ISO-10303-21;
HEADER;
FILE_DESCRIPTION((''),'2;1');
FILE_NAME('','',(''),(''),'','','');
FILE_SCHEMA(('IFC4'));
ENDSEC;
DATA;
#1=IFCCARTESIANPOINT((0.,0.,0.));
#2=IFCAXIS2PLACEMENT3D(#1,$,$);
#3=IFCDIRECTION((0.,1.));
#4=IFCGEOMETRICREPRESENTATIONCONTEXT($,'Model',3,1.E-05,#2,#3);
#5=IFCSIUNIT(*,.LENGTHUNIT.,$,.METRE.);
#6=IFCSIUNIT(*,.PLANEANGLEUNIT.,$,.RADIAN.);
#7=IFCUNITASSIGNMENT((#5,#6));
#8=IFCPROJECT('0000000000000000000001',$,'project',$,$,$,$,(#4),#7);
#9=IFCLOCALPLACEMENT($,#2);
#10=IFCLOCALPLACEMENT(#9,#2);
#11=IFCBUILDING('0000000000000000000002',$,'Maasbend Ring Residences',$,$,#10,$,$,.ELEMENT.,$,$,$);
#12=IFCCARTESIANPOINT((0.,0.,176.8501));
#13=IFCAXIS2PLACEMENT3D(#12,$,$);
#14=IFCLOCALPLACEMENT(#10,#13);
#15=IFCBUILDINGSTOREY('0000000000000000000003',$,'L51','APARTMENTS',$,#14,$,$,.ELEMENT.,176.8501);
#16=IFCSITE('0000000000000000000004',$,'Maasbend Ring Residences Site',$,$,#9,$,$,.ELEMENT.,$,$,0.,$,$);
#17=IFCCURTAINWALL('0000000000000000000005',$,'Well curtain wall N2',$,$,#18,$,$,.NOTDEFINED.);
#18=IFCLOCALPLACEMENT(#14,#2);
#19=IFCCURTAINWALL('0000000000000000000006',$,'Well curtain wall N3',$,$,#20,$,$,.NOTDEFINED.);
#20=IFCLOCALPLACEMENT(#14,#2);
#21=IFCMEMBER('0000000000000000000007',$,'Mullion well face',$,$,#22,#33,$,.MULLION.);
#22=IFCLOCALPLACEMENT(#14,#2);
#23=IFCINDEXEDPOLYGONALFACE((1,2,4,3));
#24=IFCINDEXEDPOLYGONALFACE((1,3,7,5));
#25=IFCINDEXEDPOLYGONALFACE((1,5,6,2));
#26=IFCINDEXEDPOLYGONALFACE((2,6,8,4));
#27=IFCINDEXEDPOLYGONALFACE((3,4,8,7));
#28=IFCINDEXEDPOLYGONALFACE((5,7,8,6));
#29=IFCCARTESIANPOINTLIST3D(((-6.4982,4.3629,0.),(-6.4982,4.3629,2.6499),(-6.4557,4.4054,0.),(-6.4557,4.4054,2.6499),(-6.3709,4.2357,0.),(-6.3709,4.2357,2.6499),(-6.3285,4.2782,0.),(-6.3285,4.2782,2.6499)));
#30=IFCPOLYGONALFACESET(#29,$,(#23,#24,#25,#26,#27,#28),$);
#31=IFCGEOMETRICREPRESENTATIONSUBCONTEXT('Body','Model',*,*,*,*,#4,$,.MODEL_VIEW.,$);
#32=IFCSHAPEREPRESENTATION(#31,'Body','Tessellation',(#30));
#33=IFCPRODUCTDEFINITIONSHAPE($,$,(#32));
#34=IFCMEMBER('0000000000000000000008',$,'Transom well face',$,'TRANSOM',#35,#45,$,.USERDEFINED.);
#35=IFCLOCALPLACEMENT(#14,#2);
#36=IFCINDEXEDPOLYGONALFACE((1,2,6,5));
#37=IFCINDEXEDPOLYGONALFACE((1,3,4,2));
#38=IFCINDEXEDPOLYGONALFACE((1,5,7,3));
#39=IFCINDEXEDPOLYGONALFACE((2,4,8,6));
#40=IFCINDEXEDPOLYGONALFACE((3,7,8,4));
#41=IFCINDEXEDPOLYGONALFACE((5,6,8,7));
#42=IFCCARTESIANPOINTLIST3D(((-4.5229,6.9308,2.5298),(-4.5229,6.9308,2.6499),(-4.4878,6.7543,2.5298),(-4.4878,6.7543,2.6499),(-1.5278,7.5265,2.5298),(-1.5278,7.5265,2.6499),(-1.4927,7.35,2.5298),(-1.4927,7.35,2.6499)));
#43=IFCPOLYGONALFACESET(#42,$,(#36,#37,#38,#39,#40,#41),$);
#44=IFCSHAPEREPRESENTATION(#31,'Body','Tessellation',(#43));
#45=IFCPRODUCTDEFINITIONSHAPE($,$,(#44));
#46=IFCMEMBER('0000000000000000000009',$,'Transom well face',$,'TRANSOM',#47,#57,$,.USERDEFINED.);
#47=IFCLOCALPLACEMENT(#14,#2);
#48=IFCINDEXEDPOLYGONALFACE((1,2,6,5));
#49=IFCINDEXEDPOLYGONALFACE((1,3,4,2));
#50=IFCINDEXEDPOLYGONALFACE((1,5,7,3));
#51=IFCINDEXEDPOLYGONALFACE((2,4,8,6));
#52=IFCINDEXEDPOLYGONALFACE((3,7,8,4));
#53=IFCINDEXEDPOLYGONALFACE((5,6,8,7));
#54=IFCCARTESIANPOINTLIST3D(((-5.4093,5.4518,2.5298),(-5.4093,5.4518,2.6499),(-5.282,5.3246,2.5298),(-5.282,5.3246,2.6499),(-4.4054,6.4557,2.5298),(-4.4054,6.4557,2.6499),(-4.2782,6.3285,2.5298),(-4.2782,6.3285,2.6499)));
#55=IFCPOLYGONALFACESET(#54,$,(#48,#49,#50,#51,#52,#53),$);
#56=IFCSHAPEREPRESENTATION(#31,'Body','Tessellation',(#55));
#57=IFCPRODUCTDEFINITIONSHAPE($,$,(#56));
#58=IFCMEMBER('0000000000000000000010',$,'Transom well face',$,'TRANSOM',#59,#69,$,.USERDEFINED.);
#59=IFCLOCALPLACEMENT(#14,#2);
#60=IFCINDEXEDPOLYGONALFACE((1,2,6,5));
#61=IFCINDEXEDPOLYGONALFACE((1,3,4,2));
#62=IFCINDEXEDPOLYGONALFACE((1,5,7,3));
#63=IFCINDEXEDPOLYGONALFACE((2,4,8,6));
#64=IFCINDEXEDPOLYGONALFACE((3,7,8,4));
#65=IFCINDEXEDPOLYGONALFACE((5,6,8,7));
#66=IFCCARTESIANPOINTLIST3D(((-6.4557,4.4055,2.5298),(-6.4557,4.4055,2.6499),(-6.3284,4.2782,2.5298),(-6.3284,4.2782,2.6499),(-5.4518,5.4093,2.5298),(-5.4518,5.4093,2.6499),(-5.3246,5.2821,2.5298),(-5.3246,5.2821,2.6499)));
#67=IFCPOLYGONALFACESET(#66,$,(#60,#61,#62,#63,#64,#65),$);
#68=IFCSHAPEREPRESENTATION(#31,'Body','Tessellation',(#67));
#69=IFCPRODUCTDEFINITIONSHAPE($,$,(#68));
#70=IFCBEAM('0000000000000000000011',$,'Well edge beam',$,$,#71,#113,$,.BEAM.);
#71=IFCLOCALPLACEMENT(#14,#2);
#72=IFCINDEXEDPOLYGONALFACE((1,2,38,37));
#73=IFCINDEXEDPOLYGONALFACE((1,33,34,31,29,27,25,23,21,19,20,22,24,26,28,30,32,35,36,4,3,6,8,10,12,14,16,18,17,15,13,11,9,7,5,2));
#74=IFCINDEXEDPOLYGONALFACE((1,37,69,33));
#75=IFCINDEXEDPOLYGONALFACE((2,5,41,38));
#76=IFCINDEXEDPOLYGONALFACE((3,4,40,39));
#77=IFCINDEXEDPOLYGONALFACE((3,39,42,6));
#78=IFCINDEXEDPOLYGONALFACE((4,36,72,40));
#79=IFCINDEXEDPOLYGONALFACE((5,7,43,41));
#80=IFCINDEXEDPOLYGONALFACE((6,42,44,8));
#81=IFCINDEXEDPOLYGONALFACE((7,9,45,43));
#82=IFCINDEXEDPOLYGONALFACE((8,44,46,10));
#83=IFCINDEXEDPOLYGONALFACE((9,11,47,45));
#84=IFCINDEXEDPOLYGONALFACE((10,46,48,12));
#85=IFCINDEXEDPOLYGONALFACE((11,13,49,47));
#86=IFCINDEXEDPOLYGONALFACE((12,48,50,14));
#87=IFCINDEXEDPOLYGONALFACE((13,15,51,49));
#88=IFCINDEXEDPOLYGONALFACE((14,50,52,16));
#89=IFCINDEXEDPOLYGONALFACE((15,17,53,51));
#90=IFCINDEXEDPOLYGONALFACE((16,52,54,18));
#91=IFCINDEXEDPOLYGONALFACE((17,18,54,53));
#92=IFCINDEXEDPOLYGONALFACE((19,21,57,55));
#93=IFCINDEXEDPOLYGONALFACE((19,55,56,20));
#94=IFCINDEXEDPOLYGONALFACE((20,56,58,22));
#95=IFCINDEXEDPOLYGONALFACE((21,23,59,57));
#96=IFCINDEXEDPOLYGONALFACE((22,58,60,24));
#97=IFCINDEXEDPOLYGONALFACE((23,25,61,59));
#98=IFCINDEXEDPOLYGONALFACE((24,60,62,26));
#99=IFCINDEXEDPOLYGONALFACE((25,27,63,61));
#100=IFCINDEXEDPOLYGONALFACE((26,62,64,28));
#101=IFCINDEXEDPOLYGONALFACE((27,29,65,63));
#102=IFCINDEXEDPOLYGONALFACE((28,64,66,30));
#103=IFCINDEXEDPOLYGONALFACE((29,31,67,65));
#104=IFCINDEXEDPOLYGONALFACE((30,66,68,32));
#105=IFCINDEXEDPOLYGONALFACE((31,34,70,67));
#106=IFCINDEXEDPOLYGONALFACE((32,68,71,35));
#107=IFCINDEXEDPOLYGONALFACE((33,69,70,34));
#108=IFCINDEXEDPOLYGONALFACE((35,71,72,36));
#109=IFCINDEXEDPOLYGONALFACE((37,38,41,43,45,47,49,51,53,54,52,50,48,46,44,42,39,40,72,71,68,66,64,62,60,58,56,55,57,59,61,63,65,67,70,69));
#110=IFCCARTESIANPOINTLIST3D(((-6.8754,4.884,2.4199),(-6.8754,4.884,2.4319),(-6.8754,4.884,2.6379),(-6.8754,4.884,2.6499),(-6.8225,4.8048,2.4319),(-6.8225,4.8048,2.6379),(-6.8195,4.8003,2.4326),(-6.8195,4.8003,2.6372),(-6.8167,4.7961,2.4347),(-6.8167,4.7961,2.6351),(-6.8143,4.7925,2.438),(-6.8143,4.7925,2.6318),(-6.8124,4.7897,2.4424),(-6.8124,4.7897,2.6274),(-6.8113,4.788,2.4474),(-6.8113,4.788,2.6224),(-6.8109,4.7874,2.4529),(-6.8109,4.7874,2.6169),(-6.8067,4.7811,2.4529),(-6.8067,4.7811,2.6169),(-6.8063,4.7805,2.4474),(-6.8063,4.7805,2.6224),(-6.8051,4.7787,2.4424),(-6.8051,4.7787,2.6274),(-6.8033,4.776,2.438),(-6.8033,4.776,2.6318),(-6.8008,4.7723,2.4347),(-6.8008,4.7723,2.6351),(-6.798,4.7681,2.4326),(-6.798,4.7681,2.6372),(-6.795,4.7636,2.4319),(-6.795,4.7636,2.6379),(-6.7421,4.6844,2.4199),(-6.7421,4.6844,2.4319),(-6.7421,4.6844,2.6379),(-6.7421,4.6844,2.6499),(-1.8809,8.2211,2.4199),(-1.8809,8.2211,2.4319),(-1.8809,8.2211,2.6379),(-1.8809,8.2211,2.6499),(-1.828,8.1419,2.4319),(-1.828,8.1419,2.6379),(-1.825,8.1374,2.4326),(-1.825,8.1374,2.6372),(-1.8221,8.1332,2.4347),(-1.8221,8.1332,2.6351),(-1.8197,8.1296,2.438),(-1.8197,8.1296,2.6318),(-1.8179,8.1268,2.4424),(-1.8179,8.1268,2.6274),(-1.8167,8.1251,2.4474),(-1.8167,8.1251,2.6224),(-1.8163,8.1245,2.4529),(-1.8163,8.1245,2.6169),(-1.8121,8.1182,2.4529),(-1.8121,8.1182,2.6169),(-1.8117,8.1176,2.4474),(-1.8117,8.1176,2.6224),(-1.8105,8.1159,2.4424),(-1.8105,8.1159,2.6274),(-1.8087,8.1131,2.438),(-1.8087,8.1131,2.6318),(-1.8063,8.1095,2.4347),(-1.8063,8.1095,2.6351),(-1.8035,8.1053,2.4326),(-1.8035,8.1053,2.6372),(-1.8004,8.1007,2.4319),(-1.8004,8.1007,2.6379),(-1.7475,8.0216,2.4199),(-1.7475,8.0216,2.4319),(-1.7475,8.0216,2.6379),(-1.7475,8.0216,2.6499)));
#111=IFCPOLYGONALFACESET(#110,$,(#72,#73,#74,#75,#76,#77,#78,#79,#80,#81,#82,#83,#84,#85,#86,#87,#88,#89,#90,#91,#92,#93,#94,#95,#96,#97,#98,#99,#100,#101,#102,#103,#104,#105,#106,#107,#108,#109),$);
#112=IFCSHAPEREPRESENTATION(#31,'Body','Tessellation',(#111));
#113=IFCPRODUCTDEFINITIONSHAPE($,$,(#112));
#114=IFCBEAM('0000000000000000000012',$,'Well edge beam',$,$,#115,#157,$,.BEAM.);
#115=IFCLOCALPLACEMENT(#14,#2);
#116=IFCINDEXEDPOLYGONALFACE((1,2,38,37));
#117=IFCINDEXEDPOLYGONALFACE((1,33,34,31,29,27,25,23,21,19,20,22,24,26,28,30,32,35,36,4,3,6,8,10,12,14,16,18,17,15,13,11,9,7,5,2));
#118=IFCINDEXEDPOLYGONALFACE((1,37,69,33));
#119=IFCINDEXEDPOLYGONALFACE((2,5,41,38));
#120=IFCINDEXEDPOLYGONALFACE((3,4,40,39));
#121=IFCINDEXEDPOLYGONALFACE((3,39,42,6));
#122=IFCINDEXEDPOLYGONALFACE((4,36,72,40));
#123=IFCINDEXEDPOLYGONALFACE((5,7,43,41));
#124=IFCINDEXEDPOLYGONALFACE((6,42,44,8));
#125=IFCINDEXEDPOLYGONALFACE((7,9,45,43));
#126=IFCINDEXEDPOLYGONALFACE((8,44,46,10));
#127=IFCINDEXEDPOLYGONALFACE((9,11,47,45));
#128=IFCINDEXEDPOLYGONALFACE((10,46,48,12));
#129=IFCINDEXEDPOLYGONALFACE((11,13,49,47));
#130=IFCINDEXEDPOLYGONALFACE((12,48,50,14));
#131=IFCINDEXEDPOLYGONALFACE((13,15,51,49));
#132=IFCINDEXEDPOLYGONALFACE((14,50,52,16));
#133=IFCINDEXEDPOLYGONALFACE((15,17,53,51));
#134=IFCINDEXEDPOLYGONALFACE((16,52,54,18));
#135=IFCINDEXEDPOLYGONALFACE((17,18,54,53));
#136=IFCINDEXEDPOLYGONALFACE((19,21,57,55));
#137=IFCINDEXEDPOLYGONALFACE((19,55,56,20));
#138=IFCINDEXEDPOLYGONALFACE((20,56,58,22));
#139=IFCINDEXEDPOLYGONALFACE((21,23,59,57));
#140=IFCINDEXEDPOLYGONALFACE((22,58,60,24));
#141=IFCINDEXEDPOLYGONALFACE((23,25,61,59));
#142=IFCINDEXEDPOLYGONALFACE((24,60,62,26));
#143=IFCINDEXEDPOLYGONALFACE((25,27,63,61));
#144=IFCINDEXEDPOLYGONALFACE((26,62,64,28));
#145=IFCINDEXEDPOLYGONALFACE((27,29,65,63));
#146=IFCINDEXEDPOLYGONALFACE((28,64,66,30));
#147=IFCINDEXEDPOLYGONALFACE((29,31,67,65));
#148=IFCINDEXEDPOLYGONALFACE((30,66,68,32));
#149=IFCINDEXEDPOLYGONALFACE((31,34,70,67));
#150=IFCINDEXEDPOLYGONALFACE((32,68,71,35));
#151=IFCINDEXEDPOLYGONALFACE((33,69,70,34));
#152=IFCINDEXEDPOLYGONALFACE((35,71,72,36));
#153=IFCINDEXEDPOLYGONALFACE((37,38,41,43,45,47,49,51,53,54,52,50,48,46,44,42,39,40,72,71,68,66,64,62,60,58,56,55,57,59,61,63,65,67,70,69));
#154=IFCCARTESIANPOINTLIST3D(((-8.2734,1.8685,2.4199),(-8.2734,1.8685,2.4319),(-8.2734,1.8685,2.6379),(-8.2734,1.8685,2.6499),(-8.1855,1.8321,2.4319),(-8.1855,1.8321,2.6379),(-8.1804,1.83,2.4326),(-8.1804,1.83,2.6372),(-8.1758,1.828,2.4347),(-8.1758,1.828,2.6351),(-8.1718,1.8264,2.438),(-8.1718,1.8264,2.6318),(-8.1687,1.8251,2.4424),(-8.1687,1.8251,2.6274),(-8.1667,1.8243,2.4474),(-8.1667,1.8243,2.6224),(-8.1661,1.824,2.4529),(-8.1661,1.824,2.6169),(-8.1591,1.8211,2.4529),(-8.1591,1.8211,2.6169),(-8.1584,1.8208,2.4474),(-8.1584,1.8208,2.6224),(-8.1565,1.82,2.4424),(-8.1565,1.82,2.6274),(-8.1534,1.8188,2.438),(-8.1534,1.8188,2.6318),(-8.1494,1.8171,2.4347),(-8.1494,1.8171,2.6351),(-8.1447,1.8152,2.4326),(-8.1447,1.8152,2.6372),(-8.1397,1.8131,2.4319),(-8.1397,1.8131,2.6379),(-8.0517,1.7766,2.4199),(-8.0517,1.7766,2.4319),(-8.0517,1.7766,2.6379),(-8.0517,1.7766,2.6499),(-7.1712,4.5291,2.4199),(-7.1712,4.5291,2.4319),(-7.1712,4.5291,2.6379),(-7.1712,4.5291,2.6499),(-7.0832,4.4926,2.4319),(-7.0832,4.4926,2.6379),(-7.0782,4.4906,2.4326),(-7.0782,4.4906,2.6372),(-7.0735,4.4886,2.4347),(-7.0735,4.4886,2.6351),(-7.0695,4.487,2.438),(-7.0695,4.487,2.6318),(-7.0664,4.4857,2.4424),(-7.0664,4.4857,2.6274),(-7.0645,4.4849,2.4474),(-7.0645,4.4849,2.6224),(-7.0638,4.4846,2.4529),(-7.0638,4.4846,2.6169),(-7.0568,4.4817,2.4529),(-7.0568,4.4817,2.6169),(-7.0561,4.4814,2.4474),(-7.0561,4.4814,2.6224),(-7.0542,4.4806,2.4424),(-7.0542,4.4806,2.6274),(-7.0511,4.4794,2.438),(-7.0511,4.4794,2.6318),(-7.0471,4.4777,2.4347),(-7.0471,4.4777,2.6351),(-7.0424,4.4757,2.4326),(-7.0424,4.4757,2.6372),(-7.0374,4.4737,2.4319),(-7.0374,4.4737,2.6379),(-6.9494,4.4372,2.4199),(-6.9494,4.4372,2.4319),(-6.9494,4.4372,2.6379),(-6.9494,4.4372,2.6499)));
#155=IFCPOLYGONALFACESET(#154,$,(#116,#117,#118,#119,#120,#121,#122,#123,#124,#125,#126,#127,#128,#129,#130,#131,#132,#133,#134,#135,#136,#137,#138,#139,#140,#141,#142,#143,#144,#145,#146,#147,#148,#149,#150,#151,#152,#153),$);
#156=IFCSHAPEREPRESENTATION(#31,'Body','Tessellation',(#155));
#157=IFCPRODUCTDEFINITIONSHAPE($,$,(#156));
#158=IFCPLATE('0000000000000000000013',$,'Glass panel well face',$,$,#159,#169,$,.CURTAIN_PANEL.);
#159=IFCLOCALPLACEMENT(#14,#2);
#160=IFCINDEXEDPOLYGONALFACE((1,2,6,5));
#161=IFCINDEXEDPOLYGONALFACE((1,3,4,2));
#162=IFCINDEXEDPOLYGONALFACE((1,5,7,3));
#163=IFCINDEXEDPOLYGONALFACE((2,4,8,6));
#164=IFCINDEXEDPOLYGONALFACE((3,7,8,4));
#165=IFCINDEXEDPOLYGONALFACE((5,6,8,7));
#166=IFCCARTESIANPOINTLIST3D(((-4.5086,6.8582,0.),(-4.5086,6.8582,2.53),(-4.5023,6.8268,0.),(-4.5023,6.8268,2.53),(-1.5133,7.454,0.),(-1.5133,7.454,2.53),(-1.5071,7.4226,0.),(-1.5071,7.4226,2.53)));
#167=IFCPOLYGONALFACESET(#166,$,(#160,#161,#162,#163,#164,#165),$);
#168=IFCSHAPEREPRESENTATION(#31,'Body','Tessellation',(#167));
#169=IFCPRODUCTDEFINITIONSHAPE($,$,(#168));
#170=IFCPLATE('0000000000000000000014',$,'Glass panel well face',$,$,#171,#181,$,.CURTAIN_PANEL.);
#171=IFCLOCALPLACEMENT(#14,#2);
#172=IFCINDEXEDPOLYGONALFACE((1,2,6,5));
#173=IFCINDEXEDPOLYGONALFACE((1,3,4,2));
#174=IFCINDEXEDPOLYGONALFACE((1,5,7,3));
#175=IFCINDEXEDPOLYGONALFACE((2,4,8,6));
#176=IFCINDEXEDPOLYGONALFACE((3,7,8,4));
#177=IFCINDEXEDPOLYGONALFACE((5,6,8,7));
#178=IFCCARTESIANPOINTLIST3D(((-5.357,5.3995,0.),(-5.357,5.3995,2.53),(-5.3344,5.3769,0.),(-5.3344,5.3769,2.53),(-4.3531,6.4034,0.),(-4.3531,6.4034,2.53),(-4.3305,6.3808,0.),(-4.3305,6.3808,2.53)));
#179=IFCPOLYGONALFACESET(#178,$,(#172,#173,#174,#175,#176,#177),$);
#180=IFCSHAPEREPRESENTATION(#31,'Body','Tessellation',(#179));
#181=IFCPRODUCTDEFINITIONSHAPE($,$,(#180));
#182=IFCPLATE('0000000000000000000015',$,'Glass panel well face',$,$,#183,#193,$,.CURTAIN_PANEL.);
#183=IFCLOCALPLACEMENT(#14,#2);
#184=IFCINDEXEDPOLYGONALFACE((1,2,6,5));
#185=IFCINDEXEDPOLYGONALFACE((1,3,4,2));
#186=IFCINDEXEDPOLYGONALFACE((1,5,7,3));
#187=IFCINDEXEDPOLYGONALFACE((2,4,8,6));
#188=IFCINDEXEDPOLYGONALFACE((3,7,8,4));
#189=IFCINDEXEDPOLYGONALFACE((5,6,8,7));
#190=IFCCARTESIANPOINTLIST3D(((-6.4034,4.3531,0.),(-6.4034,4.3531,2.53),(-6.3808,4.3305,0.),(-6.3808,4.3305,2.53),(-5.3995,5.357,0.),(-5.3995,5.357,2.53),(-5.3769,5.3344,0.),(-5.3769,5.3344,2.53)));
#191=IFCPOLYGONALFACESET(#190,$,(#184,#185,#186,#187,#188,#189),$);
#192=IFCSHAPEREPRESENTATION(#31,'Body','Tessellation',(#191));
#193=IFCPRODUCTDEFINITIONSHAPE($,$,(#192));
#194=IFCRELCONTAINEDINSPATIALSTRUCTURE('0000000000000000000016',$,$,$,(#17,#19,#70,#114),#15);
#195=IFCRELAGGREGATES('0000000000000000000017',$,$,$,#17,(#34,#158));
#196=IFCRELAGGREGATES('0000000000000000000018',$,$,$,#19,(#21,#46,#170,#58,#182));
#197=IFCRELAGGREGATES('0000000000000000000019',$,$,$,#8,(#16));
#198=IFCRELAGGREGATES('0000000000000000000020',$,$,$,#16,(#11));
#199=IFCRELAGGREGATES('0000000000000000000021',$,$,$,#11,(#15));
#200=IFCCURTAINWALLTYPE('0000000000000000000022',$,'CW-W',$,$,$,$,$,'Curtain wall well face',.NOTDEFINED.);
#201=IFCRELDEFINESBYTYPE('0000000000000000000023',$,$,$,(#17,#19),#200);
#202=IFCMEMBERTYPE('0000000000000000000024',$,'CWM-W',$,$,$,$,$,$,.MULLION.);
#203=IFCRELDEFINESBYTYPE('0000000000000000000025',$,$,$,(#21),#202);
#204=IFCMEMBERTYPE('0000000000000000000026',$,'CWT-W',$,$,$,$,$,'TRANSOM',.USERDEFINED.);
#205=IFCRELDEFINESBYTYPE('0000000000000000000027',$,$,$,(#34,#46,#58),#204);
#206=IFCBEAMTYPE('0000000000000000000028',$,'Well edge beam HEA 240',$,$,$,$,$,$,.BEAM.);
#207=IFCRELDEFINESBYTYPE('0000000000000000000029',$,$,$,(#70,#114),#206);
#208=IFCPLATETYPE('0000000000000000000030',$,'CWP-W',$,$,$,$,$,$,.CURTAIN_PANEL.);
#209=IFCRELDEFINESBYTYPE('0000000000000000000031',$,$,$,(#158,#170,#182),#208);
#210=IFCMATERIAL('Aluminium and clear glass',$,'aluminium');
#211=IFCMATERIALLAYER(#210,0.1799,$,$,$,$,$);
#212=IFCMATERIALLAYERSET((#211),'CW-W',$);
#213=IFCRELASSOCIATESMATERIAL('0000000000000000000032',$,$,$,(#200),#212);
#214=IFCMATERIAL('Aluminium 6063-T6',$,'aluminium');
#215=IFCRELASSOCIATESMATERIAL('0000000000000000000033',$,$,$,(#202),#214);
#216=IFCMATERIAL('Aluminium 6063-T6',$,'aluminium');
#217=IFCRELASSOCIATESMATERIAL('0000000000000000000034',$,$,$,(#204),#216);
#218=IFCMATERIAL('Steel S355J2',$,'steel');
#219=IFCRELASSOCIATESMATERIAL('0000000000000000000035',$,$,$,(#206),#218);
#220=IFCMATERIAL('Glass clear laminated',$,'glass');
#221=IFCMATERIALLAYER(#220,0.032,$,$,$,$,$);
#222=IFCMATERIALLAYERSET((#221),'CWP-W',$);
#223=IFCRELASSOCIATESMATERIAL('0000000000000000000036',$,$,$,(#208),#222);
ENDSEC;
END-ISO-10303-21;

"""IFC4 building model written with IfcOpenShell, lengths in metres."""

from ifc_helpers import new_model, si_unit, direction, frame, origin, origin_2d, place, context, subcontext, project, spatial, rectangle, i_section, extrude, material, layer, layer_set, material_profile, profile_set, type_object, element, aggregate, save


model = new_model("IFC4")

# Units and contexts
model_context = context("Model", 3, precision=1e-05, world=origin(), true_north=direction((0.0, 1.0)))
body_context = subcontext(model_context, "Body", "Model", "MODEL_VIEW")
ifc_project = project(units=[si_unit("LENGTHUNIT", "METRE"), si_unit("PLANEANGLEUNIT", "RADIAN")], contexts=[model_context])

# Site, building, storey
site_placement = place(None, origin())
site = spatial("IfcSite", under=ifc_project, at=site_placement, Name="Maasbend Ring Residences Site", CompositionType="ELEMENT", RefElevation=0.0)
building_placement = place(site_placement, origin())
building = spatial("IfcBuilding", under=site, at=building_placement, Name="Maasbend Ring Residences", CompositionType="ELEMENT")
storey_placement = place(building_placement, frame((0.0, 0.0, 176.8501)))
storey = spatial("IfcBuildingStorey", under=building, at=storey_placement, Name="L51", Description="APARTMENTS", CompositionType="ELEMENT", Elevation=176.8501)

# Curtain walls, member
ifc_material_1 = material(Name="Aluminium and clear glass", Category="aluminium")
ifc_layer_1 = layer(ifc_material_1, 0.1799)
ifc_layer_set_1 = layer_set([ifc_layer_1], Name="CW-W")
curtain_wall_type = type_object("IfcCurtainWallType", Name="CW-W", ElementType="Curtain wall well face", PredefinedType="NOTDEFINED", material=ifc_layer_set_1)
curtain_wall_1_placement = place(storey_placement, origin())
curtain_wall_1 = element("IfcCurtainWall", 1, at=curtain_wall_1_placement, inside=storey, type_object=curtain_wall_type, Name="Well curtain wall N2", PredefinedType="NOTDEFINED")
ifc_material_2 = material(Name="Aluminium 6063-T6", Category="aluminium")
ifc_material_profile_1 = material_profile(ifc_material_2, rectangle(XDim=0.1799, YDim=0.0601, at=origin_2d()), Name="AL 180x60")
ifc_profile_set_1 = profile_set([ifc_material_profile_1], Name="Aluminium 6063-T6")
member_type_1 = type_object("IfcMemberType", Name="CWM-W", PredefinedType="MULLION", material=ifc_profile_set_1)
curtain_wall_2_placement = place(storey_placement, origin())
curtain_wall_2 = element("IfcCurtainWall", 2, at=curtain_wall_2_placement, inside=storey, type_object=curtain_wall_type, Name="Well curtain wall N3", PredefinedType="NOTDEFINED")
member_1_placement = place(storey_placement, frame((-6.4133, 4.3206, 0.0), z_axis=(0.0, 0.0, 1.0), x_axis=(0.707107, -0.707107, 0.0)))
member_1 = element("IfcMember", 3, at=member_1_placement, type_object=member_type_1, Name="Mullion well face", PredefinedType="MULLION", context=body_context, shape_type="SweptSolid", body=[
    extrude(rectangle(XDim=0.1799, YDim=0.0601, at=origin_2d()), origin(), (0.0, 0.0, 1.0), 2.6499),
])

# Members
ifc_material_3 = material(Name="Aluminium 6063-T6", Category="aluminium")
ifc_material_profile_2 = material_profile(ifc_material_3, rectangle(XDim=0.1799, YDim=0.1201, at=origin_2d()), Name="AL 180x120")
ifc_profile_set_2 = profile_set([ifc_material_profile_2], Name="Aluminium 6063-T6")
member_type_2 = type_object("IfcMemberType", Name="CWT-W", ElementType="TRANSOM", PredefinedType="USERDEFINED", material=ifc_profile_set_2)
member_2_placement = place(storey_placement, frame((-1.5103, 7.4382, 2.5898), z_axis=(-0.980789, -0.195071, 0.0), x_axis=(0.195071, -0.980789, 0.0)))
member_2 = element("IfcMember", 4, at=member_2_placement, type_object=member_type_2, Name="Transom well face", ObjectType="TRANSOM", PredefinedType="USERDEFINED", context=body_context, shape_type="SweptSolid", body=[
    extrude(rectangle(XDim=0.1799, YDim=0.1201, at=origin_2d()), origin(), (0.0, 0.0, 1.0), 3.0537),
])
member_3_placement = place(storey_placement, frame((-4.3418, 6.3921, 2.5898), z_axis=(-0.707107, -0.707107, 0.0), x_axis=(0.707107, -0.707107, 0.0)))
member_3 = element("IfcMember", 5, at=member_3_placement, type_object=member_type_2, Name="Transom well face", ObjectType="TRANSOM", PredefinedType="USERDEFINED", context=body_context, shape_type="SweptSolid", body=[
    extrude(rectangle(XDim=0.1799, YDim=0.1201, at=origin_2d()), origin(), (0.0, 0.0, 1.0), 1.4197),
])
member_4_placement = place(storey_placement, frame((-5.3882, 5.3457, 2.5898), z_axis=(-0.707107, -0.707107, 0.0), x_axis=(0.707107, -0.707107, 0.0)))
member_4 = element("IfcMember", 6, at=member_4_placement, type_object=member_type_2, Name="Transom well face", ObjectType="TRANSOM", PredefinedType="USERDEFINED", context=body_context, shape_type="SweptSolid", body=[
    extrude(rectangle(XDim=0.1799, YDim=0.1201, at=origin_2d()), origin(), (0.0, 0.0, 1.0), 1.4197),
])

# Beams
ifc_material_4 = material(Name="Steel S355J2", Category="steel")
ifc_material_profile_3 = material_profile(ifc_material_4, i_section(OverallWidth=0.24, OverallDepth=0.23, WebThickness=0.0076, FlangeThickness=0.012, FilletRadius=0.021, at=origin_2d()), Name="HEA 240")
ifc_profile_set_3 = profile_set([ifc_material_profile_3], Name="Steel S355J2")
beam_type = type_object("IfcBeamType", Name="Well edge beam HEA 240", PredefinedType="BEAM", material=ifc_profile_set_3)
beam_1_placement = place(storey_placement, frame((-1.8142, 8.1213, 2.5349), z_axis=(-0.831481, -0.555553, 0.0), x_axis=(0.555553, -0.831481, 0.0)))
element("IfcBeam", 7, at=beam_1_placement, inside=storey, type_object=beam_type, Name="Well edge beam", PredefinedType="BEAM", context=body_context, shape_type="SweptSolid", body=[
    extrude(i_section(OverallWidth=0.24, OverallDepth=0.23, WebThickness=0.0076, FlangeThickness=0.012, FilletRadius=0.021, at=origin_2d()), origin(), (0.0, 0.0, 1.0), 6.0068),
])
beam_2_placement = place(storey_placement, frame((-7.0603, 4.4832, 2.5349), z_axis=(-0.382749, -0.923853, 0.0), x_axis=(0.923853, -0.382749, 0.0)))
element("IfcBeam", 8, at=beam_2_placement, inside=storey, type_object=beam_type, Name="Well edge beam", PredefinedType="BEAM", context=body_context, shape_type="SweptSolid", body=[
    extrude(i_section(OverallWidth=0.24, OverallDepth=0.23, WebThickness=0.0076, FlangeThickness=0.012, FilletRadius=0.021, at=origin_2d()), origin(), (0.0, 0.0, 1.0), 2.8799),
])

# Plates
ifc_material_5 = material(Name="Glass clear laminated", Category="glass")
ifc_layer_2 = layer(ifc_material_5, 0.032)
ifc_layer_set_2 = layer_set([ifc_layer_2], Name="CWP-W")
plate_type = type_object("IfcPlateType", Name="CWP-W", PredefinedType="CURTAIN_PANEL", material=ifc_layer_set_2)
plate_1_placement = place(storey_placement, frame((-3.0078, 7.1404, 0.0), z_axis=(0.0, 0.0, 1.0), x_axis=(-0.980785, -0.19509, 0.0)))
plate_1 = element("IfcPlate", 9, at=plate_1_placement, type_object=plate_type, Name="Glass panel well face", PredefinedType="CURTAIN_PANEL", context=body_context, shape_type="SweptSolid", body=[
    extrude(rectangle(XDim=3.054, YDim=0.032, at=origin_2d()), origin(), (0.0, 0.0, 1.0), 2.53),
])
aggregate(curtain_wall_1, [member_2, plate_1])
plate_2_placement = place(storey_placement, frame((-4.8438, 5.8901, 0.0), z_axis=(0.0, 0.0, 1.0), x_axis=(-0.707107, -0.707107, 0.0)))
plate_2 = element("IfcPlate", 10, at=plate_2_placement, type_object=plate_type, Name="Glass panel well face", PredefinedType="CURTAIN_PANEL", context=body_context, shape_type="SweptSolid", body=[
    extrude(rectangle(XDim=1.4197, YDim=0.032, at=origin_2d()), origin(), (0.0, 0.0, 1.0), 2.53),
])
plate_3_placement = place(storey_placement, frame((-5.8901, 4.8438, 0.0), z_axis=(0.0, 0.0, 1.0), x_axis=(-0.707107, -0.707107, 0.0)))
plate_3 = element("IfcPlate", 11, at=plate_3_placement, type_object=plate_type, Name="Glass panel well face", PredefinedType="CURTAIN_PANEL", context=body_context, shape_type="SweptSolid", body=[
    extrude(rectangle(XDim=1.4197, YDim=0.032, at=origin_2d()), origin(), (0.0, 0.0, 1.0), 2.53),
])
aggregate(curtain_wall_2, [member_1, member_3, plate_2, member_4, plate_3])

save(model, "model.ifc")
